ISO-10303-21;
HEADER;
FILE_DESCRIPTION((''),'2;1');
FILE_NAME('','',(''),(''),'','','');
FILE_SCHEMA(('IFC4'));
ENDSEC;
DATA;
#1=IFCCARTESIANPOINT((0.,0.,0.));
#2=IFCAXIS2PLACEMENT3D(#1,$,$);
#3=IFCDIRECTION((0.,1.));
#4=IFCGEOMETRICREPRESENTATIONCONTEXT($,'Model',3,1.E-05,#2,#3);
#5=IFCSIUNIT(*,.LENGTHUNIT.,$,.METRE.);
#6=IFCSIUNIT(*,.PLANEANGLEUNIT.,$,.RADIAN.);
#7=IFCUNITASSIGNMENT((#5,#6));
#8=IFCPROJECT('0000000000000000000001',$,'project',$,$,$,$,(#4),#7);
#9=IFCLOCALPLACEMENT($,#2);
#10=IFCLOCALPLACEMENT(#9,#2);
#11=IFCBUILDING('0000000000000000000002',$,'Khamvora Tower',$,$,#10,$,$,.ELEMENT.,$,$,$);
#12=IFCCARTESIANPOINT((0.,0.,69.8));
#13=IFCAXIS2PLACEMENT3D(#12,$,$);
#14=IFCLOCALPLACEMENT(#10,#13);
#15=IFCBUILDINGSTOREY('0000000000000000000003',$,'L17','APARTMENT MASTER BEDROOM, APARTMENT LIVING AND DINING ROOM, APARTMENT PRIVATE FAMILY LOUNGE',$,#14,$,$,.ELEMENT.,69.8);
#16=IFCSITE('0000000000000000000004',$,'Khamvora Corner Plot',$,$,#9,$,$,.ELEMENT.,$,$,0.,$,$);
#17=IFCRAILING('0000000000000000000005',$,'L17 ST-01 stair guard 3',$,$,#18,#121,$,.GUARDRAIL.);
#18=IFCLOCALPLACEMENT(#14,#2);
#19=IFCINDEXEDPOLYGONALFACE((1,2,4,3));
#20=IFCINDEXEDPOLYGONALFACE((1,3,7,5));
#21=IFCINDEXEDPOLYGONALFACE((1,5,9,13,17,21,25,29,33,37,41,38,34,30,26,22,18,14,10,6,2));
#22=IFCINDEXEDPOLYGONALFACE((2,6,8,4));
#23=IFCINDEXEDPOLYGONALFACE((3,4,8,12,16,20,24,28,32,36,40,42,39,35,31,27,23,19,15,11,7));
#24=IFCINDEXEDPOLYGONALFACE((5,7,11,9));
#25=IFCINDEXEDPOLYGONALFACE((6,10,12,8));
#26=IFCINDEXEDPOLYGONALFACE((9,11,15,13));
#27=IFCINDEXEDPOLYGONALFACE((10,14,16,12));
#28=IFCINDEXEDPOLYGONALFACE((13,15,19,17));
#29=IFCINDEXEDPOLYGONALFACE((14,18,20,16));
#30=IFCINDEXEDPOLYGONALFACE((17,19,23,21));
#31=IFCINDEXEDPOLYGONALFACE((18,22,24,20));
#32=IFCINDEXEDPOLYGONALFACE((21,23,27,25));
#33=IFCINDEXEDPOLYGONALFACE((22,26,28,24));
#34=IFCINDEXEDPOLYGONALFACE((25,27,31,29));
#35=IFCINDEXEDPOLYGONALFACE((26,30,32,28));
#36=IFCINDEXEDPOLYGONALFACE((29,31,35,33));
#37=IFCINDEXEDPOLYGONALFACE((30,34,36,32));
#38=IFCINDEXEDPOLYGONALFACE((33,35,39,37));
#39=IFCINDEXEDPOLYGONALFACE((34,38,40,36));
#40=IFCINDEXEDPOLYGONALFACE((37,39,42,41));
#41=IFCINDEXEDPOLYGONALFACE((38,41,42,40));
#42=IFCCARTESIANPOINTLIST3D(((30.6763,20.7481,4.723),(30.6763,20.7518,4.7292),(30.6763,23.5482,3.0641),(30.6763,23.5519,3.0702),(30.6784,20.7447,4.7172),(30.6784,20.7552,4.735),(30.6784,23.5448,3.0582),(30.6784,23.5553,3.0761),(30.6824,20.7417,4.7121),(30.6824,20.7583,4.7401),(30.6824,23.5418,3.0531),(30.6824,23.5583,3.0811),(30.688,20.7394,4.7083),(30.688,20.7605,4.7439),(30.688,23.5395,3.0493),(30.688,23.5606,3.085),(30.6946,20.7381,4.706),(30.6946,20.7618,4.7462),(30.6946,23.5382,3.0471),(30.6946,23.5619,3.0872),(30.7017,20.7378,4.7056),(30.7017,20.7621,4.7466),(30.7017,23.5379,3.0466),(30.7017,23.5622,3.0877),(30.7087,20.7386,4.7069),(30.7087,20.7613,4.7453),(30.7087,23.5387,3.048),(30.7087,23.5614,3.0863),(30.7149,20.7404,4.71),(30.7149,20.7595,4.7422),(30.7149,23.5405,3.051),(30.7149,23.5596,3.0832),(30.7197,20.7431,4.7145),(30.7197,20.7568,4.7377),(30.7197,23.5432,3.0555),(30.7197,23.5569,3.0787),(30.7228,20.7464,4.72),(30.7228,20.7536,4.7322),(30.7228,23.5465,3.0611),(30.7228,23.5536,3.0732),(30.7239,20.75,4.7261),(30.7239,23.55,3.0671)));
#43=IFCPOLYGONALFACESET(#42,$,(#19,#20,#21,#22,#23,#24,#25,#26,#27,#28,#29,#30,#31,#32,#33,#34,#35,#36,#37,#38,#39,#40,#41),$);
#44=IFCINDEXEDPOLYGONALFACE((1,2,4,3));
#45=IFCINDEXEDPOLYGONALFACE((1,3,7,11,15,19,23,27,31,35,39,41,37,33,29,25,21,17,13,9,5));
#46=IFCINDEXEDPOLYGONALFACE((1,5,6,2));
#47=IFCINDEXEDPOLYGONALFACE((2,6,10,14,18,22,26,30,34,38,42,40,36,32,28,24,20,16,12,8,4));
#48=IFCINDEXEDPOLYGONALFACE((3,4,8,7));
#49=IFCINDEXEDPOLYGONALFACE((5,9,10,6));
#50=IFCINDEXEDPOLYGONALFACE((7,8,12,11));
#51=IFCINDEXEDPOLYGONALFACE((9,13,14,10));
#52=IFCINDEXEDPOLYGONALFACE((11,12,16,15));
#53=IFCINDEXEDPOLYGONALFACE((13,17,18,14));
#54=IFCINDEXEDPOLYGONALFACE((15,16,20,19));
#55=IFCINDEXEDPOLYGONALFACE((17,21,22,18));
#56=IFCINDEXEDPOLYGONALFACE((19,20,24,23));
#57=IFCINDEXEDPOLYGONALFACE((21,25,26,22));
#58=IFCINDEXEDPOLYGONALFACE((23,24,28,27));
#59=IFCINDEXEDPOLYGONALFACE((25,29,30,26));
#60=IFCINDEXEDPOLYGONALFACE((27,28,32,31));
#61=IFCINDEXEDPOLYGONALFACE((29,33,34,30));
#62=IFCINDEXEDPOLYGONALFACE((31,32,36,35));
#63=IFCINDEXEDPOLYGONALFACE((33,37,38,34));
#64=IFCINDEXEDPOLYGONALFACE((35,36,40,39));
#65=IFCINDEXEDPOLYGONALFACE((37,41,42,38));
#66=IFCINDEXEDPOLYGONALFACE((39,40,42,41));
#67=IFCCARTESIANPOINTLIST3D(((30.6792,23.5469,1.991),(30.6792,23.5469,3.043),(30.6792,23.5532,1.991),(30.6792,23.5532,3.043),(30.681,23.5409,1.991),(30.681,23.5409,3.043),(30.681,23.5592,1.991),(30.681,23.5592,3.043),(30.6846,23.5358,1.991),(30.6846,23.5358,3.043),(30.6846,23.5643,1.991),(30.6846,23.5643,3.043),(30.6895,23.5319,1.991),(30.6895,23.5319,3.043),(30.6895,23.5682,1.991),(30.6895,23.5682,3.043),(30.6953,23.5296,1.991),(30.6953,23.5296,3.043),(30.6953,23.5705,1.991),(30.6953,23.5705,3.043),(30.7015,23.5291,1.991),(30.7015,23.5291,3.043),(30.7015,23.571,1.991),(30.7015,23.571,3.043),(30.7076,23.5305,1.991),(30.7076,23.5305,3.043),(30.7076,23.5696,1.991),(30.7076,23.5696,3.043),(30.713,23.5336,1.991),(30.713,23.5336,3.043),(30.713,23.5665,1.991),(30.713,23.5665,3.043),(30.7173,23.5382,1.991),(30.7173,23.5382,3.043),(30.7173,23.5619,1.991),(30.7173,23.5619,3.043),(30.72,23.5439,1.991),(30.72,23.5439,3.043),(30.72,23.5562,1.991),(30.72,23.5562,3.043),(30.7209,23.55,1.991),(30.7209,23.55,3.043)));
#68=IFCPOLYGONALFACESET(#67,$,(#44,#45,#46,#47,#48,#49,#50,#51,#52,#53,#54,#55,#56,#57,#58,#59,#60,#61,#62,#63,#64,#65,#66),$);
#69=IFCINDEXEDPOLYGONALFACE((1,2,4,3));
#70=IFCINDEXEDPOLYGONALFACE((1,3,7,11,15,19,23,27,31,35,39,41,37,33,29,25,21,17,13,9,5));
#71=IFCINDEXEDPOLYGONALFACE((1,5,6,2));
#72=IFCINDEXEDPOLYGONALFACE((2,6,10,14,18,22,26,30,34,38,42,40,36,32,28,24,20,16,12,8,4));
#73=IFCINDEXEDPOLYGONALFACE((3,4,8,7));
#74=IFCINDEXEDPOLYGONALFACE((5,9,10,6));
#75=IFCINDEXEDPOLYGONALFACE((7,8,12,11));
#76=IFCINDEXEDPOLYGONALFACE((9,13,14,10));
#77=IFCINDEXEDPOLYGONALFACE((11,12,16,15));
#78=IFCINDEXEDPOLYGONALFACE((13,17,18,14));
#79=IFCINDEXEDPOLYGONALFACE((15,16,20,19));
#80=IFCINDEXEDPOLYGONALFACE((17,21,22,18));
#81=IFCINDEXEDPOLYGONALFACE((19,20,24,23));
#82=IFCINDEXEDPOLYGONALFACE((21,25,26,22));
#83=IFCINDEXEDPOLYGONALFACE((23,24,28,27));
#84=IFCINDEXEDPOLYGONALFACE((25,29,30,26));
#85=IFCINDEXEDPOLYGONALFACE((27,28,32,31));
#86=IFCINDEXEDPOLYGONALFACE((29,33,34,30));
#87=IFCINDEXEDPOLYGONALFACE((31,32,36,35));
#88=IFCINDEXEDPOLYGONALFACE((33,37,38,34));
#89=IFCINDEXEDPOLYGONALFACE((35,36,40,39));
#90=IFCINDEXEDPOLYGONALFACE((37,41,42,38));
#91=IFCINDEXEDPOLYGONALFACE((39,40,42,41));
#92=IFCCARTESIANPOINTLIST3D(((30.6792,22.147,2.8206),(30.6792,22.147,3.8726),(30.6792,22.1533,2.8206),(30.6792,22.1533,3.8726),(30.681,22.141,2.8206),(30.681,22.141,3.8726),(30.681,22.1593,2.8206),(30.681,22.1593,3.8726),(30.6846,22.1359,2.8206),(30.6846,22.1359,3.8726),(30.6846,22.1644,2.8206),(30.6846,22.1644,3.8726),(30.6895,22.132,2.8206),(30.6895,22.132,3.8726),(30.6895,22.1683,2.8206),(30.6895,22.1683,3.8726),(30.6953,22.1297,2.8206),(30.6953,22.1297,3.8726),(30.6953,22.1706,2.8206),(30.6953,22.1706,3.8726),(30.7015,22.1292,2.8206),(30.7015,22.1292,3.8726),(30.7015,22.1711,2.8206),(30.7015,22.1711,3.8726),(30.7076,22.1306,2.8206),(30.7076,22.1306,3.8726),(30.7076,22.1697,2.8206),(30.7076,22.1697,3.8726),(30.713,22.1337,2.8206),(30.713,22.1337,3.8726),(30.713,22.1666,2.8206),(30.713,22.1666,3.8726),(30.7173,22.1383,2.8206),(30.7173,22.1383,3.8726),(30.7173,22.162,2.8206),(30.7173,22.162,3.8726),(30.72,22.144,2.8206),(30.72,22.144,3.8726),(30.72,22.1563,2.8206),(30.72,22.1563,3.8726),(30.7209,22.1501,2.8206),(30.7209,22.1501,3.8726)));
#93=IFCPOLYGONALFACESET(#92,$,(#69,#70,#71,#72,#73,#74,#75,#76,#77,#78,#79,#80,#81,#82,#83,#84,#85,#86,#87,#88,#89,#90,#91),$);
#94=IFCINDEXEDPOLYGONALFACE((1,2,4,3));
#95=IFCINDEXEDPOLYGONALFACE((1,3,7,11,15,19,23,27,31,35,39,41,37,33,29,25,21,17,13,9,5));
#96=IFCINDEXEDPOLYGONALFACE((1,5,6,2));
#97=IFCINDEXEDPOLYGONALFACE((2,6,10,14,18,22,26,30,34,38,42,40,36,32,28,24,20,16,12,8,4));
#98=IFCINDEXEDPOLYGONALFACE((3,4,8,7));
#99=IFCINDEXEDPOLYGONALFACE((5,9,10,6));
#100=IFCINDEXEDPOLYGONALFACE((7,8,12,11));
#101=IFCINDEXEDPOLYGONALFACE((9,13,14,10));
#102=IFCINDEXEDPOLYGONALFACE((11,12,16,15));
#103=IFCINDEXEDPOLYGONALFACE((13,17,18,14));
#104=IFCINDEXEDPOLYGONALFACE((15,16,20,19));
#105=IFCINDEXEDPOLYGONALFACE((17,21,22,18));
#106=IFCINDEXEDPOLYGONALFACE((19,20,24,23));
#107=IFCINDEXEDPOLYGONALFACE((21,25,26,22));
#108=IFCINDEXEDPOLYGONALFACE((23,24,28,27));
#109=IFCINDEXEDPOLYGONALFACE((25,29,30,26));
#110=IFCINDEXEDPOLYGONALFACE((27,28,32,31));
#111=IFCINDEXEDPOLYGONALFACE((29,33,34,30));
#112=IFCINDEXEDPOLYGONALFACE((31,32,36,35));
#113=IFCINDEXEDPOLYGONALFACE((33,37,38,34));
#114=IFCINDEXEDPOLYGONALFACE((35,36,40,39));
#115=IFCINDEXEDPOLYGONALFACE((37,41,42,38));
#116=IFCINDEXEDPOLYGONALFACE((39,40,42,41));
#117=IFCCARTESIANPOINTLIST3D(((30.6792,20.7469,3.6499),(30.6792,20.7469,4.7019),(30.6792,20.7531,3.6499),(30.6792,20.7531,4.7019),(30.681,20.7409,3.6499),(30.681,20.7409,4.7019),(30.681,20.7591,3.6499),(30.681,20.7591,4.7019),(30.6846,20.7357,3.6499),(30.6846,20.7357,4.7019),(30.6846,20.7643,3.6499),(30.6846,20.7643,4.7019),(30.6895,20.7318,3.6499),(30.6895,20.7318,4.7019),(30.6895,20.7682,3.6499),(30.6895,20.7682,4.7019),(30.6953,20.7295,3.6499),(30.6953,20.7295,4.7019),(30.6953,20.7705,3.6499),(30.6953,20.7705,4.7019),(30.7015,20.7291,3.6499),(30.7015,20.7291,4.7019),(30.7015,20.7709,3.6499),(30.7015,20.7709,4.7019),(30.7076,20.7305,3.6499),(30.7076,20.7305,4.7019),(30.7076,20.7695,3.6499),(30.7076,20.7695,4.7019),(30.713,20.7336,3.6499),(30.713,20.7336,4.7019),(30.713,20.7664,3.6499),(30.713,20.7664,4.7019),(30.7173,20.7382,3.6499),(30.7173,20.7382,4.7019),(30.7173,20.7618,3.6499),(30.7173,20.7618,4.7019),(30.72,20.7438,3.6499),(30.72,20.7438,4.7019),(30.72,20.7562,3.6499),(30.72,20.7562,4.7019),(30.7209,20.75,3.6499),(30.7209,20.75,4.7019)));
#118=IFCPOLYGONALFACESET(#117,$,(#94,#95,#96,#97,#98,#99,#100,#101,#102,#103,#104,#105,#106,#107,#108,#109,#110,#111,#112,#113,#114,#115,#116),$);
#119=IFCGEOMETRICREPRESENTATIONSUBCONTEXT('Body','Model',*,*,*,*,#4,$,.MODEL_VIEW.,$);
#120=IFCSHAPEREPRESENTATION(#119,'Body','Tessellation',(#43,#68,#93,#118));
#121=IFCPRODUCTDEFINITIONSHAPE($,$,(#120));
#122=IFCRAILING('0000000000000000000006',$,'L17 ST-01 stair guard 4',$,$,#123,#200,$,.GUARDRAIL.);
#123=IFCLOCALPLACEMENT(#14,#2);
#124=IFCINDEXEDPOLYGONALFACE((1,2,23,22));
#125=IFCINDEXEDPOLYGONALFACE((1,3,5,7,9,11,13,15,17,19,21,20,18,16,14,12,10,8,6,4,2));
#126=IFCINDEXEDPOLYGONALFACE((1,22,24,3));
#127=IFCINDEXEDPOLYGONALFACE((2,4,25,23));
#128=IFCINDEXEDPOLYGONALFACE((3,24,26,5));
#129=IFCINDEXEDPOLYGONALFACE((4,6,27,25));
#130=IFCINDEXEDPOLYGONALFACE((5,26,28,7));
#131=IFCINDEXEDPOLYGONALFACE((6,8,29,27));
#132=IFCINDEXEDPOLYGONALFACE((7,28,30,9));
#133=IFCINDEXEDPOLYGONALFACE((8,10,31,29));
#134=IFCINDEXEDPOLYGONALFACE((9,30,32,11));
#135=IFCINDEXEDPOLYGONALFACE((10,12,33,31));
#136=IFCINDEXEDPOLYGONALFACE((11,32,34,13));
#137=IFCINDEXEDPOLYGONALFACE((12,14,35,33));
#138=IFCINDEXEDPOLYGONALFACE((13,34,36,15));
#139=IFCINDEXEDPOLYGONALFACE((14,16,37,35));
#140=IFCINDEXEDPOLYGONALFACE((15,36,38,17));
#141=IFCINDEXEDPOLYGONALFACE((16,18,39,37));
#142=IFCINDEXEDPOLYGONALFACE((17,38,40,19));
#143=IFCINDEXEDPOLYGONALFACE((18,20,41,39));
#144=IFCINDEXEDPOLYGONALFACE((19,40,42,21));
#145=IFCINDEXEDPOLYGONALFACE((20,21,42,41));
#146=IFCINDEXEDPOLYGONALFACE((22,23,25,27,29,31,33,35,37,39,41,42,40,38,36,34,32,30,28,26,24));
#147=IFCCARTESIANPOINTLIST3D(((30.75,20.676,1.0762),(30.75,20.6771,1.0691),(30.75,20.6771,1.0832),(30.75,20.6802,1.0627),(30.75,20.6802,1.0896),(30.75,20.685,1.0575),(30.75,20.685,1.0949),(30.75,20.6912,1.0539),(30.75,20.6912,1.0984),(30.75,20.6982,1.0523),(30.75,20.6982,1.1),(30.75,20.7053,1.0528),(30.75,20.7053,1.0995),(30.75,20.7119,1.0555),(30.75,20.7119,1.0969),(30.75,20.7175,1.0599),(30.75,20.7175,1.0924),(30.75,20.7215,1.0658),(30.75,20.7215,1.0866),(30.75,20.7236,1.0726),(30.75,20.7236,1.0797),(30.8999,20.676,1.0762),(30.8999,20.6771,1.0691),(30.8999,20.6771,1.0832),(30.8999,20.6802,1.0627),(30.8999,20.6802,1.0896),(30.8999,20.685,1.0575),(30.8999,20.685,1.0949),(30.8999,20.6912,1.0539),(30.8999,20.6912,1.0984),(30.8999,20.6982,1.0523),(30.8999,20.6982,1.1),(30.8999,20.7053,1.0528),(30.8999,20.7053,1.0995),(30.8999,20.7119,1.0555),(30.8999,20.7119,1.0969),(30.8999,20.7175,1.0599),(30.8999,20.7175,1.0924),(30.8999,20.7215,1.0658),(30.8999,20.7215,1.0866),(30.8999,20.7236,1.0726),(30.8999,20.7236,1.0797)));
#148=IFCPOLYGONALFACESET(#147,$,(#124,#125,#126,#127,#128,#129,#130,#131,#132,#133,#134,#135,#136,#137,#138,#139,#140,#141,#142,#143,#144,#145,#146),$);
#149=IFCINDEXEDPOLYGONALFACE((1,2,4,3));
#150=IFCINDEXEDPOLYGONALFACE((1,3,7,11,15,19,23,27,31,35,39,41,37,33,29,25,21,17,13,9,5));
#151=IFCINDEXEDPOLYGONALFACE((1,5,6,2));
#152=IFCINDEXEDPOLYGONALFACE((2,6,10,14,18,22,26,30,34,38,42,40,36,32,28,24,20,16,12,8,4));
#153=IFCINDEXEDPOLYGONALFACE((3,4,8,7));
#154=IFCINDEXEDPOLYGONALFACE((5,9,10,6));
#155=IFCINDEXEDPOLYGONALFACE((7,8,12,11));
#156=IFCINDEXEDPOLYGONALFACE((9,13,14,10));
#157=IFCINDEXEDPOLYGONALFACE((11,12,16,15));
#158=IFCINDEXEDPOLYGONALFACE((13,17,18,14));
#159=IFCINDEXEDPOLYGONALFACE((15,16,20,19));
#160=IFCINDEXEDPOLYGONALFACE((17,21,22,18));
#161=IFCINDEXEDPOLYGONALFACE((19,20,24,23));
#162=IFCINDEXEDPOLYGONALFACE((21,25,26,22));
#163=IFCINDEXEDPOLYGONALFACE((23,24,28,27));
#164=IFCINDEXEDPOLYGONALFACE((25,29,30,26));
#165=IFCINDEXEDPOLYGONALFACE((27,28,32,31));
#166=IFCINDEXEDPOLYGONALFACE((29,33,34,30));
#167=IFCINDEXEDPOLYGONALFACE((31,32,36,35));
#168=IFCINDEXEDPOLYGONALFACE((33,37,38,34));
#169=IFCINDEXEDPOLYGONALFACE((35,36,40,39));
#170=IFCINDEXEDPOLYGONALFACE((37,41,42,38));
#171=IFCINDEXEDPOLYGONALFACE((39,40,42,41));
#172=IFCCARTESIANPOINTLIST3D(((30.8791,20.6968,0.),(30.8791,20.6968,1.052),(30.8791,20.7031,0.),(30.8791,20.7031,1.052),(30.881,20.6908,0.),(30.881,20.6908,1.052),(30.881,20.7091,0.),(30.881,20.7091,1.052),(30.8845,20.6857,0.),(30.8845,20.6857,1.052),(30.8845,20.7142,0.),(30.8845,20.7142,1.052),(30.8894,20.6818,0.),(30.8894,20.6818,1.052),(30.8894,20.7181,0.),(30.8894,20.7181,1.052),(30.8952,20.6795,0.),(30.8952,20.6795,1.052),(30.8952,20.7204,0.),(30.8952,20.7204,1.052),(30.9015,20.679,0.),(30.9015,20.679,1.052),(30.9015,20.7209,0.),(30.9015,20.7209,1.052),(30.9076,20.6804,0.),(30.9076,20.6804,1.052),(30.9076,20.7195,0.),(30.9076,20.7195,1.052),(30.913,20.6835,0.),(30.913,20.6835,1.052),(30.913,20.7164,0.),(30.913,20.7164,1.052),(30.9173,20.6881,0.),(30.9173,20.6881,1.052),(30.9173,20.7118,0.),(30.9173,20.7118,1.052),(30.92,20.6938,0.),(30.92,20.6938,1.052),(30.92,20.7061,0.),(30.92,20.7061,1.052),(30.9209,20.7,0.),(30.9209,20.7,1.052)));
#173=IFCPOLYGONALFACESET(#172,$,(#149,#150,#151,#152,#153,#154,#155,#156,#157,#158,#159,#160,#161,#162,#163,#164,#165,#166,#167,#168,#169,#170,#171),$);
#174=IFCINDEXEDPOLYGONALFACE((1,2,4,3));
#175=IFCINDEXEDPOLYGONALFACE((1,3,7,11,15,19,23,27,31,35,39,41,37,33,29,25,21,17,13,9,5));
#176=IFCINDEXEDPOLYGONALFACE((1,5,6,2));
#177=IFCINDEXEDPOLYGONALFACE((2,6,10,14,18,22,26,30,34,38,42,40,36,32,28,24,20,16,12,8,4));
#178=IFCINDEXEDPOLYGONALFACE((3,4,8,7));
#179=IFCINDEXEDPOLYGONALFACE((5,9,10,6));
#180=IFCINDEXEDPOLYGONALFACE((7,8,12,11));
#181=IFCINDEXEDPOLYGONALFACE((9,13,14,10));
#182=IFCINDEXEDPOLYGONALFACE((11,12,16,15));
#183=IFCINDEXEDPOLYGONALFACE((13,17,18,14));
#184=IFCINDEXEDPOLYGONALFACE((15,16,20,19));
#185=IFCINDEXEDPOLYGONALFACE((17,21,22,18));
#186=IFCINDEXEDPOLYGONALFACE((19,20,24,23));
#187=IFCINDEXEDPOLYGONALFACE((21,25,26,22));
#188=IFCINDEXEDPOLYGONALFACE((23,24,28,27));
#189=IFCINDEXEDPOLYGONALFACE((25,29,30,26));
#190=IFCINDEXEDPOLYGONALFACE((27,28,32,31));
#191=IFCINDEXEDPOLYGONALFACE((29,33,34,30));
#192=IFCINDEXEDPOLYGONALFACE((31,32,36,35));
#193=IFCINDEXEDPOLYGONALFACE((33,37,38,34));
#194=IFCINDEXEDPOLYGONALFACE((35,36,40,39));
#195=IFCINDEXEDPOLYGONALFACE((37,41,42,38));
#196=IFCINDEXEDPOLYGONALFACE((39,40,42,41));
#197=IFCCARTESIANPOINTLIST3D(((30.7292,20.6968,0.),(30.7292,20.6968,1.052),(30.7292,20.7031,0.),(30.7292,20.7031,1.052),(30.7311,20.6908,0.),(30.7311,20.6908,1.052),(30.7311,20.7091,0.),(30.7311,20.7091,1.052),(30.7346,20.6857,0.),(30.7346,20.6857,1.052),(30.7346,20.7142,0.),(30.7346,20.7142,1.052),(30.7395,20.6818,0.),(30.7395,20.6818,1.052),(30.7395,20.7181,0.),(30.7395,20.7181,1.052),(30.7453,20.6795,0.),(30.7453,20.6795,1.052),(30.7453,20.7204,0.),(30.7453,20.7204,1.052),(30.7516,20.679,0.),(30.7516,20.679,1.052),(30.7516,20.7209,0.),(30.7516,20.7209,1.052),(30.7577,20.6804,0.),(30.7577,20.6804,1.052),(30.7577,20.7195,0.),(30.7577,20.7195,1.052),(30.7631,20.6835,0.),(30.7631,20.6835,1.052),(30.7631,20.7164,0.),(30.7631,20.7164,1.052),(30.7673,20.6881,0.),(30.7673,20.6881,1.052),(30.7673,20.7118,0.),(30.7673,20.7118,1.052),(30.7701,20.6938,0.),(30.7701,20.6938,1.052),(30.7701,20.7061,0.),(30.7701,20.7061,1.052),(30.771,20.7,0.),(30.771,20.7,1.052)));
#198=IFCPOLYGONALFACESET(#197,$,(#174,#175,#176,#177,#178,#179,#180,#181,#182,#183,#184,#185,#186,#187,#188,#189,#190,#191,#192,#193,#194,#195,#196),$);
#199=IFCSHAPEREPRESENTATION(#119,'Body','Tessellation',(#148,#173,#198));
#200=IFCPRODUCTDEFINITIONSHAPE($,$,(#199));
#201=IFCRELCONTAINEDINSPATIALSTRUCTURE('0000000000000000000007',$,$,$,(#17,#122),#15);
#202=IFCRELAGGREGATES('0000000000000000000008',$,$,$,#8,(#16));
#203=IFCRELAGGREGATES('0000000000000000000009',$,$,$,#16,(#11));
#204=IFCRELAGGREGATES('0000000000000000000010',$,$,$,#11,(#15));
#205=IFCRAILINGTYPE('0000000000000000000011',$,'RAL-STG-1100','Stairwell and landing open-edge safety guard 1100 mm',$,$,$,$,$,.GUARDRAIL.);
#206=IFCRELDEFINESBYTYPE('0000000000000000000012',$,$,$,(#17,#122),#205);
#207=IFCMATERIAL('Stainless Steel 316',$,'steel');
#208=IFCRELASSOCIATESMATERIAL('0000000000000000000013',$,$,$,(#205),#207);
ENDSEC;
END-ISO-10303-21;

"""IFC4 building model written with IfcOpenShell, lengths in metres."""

from ifc_helpers import new_model, si_unit, direction, frame, origin, origin_2d, place, context, subcontext, project, spatial, circle, extrude, material, type_object, element, save


model = new_model("IFC4")

# Units and contexts
model_context = context("Model", 3, precision=1e-05, world=origin(), true_north=direction((0.0, 1.0)))
body_context = subcontext(model_context, "Body", "Model", "MODEL_VIEW")
ifc_project = project(units=[si_unit("LENGTHUNIT", "METRE"), si_unit("PLANEANGLEUNIT", "RADIAN")], contexts=[model_context])

# Site, building, storey
site_placement = place(None, origin())
site = spatial("IfcSite", under=ifc_project, at=site_placement, Name="Khamvora Corner Plot", CompositionType="ELEMENT", RefElevation=0.0)
building_placement = place(site_placement, origin())
building = spatial("IfcBuilding", under=site, at=building_placement, Name="Khamvora Tower", CompositionType="ELEMENT")
storey_placement = place(building_placement, frame((0.0, 0.0, 69.8)))
storey = spatial("IfcBuildingStorey", under=building, at=storey_placement, Name="L17", Description="APARTMENT MASTER BEDROOM, APARTMENT LIVING AND DINING ROOM, APARTMENT PRIVATE FAMILY LOUNGE", CompositionType="ELEMENT", Elevation=69.8)

# Railings
ifc_material_1 = material(Name="Stainless Steel 316", Category="steel")
railing_type_1 = type_object("IfcRailingType", Name="RAL-STG-1100", Description="Stairwell and landing open-edge safety guard 1100 mm", PredefinedType="GUARDRAIL", material=ifc_material_1)
railing_1_placement = place(storey_placement, frame((30.7, 23.55, 1.991)))
element("IfcRailing", 1, at=railing_1_placement, inside=storey, type_object=railing_type_1, Name="L17 ST-01 stair guard 3", PredefinedType="GUARDRAIL", context=body_context, shape_type="SweptSolid", body=[
    extrude(circle(Radius=0.0239, at=origin_2d()), frame((0.0, 0.0, 1.0762), z_axis=(0.0, -0.860339, 0.509722), x_axis=(1.0, 0.0, 0.0)), (0.0, 0.0, 1.0), 3.2546),
    extrude(circle(Radius=0.021, at=origin_2d()), origin(), (0.0, 0.0, 1.0), 1.052),
    extrude(circle(Radius=0.021, at=origin_2d()), frame((0.0, -1.3999, 0.8296)), (0.0, 0.0, 1.0), 1.052),
    extrude(circle(Radius=0.021, at=origin_2d()), frame((0.0, -2.8, 1.6589)), (0.0, 0.0, 1.0), 1.052),
])
railing_2_placement = place(storey_placement, frame((30.8999, 20.7, 0.0)))
element("IfcRailing", 2, at=railing_2_placement, inside=storey, type_object=railing_type_1, Name="L17 ST-01 stair guard 4", PredefinedType="GUARDRAIL", context=body_context, shape_type="SweptSolid", body=[
    extrude(circle(Radius=0.0239, at=origin_2d()), frame((0.0, 0.0, 1.0762), z_axis=(-1.0, 0.0, 0.0), x_axis=(0.0, -1.0, 0.0)), (0.0, 0.0, 1.0), 0.1499),
    extrude(circle(Radius=0.021, at=origin_2d()), origin(), (0.0, 0.0, 1.0), 1.052),
    extrude(circle(Radius=0.021, at=origin_2d()), frame((-0.1499, 0.0, 0.0)), (0.0, 0.0, 1.0), 1.052),
])

save(model, "model.ifc")
